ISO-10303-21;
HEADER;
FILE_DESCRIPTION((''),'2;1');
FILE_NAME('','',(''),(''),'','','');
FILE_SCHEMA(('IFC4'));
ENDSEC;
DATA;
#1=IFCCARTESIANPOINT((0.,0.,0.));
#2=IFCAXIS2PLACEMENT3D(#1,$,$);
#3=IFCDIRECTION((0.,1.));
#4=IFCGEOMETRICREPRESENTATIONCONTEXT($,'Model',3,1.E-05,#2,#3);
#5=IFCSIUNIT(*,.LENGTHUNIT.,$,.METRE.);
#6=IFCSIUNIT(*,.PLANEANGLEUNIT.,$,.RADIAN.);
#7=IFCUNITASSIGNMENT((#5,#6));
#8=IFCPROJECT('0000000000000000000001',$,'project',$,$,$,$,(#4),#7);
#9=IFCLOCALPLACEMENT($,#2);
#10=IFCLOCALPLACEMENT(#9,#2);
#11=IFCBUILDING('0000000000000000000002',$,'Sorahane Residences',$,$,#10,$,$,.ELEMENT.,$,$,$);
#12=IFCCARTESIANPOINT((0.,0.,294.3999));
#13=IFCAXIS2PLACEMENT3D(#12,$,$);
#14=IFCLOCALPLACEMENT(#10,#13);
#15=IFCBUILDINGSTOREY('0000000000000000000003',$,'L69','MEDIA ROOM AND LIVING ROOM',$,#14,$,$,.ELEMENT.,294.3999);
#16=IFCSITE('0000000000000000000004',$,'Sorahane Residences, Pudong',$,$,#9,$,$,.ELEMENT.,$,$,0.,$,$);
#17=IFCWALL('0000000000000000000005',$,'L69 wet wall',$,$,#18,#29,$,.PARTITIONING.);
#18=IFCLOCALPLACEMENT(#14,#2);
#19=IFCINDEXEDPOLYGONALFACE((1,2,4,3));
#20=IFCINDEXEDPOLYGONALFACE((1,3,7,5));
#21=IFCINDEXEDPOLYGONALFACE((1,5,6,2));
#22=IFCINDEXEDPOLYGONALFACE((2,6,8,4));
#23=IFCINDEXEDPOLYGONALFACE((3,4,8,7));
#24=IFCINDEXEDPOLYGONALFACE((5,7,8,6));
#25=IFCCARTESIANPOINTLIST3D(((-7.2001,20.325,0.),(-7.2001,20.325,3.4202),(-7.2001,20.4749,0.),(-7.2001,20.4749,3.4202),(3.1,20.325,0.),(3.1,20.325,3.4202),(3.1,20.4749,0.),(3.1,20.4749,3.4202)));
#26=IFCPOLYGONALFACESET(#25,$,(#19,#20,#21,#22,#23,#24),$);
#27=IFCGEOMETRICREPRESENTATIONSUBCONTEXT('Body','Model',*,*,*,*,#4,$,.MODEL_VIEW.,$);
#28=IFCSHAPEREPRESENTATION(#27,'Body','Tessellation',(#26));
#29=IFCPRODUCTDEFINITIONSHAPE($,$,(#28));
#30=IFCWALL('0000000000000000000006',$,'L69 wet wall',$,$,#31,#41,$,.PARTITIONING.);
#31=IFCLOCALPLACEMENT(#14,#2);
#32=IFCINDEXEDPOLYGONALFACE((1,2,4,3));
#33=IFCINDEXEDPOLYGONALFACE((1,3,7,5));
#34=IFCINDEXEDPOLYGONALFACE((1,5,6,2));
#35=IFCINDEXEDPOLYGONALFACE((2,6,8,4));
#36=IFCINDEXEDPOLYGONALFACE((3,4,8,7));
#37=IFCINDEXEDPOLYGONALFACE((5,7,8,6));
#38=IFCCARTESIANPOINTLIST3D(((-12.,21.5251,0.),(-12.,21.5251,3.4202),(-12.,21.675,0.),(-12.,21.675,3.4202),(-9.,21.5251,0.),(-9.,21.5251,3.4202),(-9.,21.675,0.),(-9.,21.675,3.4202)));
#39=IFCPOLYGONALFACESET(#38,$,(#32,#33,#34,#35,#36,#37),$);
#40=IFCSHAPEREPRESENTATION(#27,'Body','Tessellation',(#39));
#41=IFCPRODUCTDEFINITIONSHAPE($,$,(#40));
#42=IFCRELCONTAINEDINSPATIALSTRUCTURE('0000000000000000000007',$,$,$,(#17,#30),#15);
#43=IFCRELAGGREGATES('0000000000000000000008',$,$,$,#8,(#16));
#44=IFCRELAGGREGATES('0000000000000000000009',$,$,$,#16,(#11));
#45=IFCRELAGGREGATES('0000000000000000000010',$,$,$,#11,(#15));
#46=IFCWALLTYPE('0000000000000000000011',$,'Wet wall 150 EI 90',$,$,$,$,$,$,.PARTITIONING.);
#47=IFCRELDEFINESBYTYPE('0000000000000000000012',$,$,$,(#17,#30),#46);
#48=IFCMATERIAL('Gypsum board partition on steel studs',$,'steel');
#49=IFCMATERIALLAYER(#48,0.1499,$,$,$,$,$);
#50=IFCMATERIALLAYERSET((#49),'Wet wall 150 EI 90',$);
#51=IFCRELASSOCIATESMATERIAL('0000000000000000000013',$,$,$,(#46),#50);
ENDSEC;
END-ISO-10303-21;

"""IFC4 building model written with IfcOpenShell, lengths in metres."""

from ifc_helpers import new_model, si_unit, direction, frame, frame_2d, origin, place, context, subcontext, project, spatial, rectangle, extrude, material, layer, layer_set, type_object, element, save


model = new_model("IFC4")

# Units and contexts
model_context = context("Model", 3, precision=1e-05, world=origin(), true_north=direction((0.0, 1.0)))
body_context = subcontext(model_context, "Body", "Model", "MODEL_VIEW")
ifc_project = project(units=[si_unit("LENGTHUNIT", "METRE"), si_unit("PLANEANGLEUNIT", "RADIAN")], contexts=[model_context])

# Site, building, storey
site_placement = place(None, origin())
site = spatial("IfcSite", under=ifc_project, at=site_placement, Name="Sorahane Residences, Pudong", CompositionType="ELEMENT", RefElevation=0.0)
building_placement = place(site_placement, origin())
building = spatial("IfcBuilding", under=site, at=building_placement, Name="Sorahane Residences", CompositionType="ELEMENT")
storey_placement = place(building_placement, frame((0.0, 0.0, 294.3999)))
storey = spatial("IfcBuildingStorey", under=building, at=storey_placement, Name="L69", Description="MEDIA ROOM AND LIVING ROOM", CompositionType="ELEMENT", Elevation=294.3999)

# Shared definitions
ifc_material_1 = material(Name="Gypsum board partition on steel studs", Category="steel")
ifc_layer_1 = layer(ifc_material_1, 0.1499)
ifc_layer_set_1 = layer_set([ifc_layer_1], Name="Wet wall 150 EI 90")
wall_type_1 = type_object("IfcWallType", Name="Wet wall 150 EI 90", PredefinedType="PARTITIONING", material=ifc_layer_set_1)

# Walls
wall_1_placement = place(storey_placement, frame((-7.2, 20.3999, 0.0), z_axis=(0.0, 0.0, 1.0), x_axis=(1.0, 0.0, 0.0)))
element("IfcWall", 1, at=wall_1_placement, inside=storey, type_object=wall_type_1, Name="L69 wet wall", PredefinedType="PARTITIONING", context=body_context, shape_type="SweptSolid", body=[
    extrude(rectangle(XDim=10.3, YDim=0.1499, at=frame_2d((5.1499, 0.0))), origin(), (0.0, 0.0, 1.0), 3.4202),
])
wall_2_placement = place(storey_placement, frame((-12.0, 21.6001, 0.0), z_axis=(0.0, 0.0, 1.0), x_axis=(1.0, 0.0, 0.0)))
element("IfcWall", 2, at=wall_2_placement, inside=storey, type_object=wall_type_1, Name="L69 wet wall", PredefinedType="PARTITIONING", context=body_context, shape_type="SweptSolid", body=[
    extrude(rectangle(XDim=3.0, YDim=0.1499, at=frame_2d((1.5, 0.0))), origin(), (0.0, 0.0, 1.0), 3.4202),
])

save(model, "model.ifc")
